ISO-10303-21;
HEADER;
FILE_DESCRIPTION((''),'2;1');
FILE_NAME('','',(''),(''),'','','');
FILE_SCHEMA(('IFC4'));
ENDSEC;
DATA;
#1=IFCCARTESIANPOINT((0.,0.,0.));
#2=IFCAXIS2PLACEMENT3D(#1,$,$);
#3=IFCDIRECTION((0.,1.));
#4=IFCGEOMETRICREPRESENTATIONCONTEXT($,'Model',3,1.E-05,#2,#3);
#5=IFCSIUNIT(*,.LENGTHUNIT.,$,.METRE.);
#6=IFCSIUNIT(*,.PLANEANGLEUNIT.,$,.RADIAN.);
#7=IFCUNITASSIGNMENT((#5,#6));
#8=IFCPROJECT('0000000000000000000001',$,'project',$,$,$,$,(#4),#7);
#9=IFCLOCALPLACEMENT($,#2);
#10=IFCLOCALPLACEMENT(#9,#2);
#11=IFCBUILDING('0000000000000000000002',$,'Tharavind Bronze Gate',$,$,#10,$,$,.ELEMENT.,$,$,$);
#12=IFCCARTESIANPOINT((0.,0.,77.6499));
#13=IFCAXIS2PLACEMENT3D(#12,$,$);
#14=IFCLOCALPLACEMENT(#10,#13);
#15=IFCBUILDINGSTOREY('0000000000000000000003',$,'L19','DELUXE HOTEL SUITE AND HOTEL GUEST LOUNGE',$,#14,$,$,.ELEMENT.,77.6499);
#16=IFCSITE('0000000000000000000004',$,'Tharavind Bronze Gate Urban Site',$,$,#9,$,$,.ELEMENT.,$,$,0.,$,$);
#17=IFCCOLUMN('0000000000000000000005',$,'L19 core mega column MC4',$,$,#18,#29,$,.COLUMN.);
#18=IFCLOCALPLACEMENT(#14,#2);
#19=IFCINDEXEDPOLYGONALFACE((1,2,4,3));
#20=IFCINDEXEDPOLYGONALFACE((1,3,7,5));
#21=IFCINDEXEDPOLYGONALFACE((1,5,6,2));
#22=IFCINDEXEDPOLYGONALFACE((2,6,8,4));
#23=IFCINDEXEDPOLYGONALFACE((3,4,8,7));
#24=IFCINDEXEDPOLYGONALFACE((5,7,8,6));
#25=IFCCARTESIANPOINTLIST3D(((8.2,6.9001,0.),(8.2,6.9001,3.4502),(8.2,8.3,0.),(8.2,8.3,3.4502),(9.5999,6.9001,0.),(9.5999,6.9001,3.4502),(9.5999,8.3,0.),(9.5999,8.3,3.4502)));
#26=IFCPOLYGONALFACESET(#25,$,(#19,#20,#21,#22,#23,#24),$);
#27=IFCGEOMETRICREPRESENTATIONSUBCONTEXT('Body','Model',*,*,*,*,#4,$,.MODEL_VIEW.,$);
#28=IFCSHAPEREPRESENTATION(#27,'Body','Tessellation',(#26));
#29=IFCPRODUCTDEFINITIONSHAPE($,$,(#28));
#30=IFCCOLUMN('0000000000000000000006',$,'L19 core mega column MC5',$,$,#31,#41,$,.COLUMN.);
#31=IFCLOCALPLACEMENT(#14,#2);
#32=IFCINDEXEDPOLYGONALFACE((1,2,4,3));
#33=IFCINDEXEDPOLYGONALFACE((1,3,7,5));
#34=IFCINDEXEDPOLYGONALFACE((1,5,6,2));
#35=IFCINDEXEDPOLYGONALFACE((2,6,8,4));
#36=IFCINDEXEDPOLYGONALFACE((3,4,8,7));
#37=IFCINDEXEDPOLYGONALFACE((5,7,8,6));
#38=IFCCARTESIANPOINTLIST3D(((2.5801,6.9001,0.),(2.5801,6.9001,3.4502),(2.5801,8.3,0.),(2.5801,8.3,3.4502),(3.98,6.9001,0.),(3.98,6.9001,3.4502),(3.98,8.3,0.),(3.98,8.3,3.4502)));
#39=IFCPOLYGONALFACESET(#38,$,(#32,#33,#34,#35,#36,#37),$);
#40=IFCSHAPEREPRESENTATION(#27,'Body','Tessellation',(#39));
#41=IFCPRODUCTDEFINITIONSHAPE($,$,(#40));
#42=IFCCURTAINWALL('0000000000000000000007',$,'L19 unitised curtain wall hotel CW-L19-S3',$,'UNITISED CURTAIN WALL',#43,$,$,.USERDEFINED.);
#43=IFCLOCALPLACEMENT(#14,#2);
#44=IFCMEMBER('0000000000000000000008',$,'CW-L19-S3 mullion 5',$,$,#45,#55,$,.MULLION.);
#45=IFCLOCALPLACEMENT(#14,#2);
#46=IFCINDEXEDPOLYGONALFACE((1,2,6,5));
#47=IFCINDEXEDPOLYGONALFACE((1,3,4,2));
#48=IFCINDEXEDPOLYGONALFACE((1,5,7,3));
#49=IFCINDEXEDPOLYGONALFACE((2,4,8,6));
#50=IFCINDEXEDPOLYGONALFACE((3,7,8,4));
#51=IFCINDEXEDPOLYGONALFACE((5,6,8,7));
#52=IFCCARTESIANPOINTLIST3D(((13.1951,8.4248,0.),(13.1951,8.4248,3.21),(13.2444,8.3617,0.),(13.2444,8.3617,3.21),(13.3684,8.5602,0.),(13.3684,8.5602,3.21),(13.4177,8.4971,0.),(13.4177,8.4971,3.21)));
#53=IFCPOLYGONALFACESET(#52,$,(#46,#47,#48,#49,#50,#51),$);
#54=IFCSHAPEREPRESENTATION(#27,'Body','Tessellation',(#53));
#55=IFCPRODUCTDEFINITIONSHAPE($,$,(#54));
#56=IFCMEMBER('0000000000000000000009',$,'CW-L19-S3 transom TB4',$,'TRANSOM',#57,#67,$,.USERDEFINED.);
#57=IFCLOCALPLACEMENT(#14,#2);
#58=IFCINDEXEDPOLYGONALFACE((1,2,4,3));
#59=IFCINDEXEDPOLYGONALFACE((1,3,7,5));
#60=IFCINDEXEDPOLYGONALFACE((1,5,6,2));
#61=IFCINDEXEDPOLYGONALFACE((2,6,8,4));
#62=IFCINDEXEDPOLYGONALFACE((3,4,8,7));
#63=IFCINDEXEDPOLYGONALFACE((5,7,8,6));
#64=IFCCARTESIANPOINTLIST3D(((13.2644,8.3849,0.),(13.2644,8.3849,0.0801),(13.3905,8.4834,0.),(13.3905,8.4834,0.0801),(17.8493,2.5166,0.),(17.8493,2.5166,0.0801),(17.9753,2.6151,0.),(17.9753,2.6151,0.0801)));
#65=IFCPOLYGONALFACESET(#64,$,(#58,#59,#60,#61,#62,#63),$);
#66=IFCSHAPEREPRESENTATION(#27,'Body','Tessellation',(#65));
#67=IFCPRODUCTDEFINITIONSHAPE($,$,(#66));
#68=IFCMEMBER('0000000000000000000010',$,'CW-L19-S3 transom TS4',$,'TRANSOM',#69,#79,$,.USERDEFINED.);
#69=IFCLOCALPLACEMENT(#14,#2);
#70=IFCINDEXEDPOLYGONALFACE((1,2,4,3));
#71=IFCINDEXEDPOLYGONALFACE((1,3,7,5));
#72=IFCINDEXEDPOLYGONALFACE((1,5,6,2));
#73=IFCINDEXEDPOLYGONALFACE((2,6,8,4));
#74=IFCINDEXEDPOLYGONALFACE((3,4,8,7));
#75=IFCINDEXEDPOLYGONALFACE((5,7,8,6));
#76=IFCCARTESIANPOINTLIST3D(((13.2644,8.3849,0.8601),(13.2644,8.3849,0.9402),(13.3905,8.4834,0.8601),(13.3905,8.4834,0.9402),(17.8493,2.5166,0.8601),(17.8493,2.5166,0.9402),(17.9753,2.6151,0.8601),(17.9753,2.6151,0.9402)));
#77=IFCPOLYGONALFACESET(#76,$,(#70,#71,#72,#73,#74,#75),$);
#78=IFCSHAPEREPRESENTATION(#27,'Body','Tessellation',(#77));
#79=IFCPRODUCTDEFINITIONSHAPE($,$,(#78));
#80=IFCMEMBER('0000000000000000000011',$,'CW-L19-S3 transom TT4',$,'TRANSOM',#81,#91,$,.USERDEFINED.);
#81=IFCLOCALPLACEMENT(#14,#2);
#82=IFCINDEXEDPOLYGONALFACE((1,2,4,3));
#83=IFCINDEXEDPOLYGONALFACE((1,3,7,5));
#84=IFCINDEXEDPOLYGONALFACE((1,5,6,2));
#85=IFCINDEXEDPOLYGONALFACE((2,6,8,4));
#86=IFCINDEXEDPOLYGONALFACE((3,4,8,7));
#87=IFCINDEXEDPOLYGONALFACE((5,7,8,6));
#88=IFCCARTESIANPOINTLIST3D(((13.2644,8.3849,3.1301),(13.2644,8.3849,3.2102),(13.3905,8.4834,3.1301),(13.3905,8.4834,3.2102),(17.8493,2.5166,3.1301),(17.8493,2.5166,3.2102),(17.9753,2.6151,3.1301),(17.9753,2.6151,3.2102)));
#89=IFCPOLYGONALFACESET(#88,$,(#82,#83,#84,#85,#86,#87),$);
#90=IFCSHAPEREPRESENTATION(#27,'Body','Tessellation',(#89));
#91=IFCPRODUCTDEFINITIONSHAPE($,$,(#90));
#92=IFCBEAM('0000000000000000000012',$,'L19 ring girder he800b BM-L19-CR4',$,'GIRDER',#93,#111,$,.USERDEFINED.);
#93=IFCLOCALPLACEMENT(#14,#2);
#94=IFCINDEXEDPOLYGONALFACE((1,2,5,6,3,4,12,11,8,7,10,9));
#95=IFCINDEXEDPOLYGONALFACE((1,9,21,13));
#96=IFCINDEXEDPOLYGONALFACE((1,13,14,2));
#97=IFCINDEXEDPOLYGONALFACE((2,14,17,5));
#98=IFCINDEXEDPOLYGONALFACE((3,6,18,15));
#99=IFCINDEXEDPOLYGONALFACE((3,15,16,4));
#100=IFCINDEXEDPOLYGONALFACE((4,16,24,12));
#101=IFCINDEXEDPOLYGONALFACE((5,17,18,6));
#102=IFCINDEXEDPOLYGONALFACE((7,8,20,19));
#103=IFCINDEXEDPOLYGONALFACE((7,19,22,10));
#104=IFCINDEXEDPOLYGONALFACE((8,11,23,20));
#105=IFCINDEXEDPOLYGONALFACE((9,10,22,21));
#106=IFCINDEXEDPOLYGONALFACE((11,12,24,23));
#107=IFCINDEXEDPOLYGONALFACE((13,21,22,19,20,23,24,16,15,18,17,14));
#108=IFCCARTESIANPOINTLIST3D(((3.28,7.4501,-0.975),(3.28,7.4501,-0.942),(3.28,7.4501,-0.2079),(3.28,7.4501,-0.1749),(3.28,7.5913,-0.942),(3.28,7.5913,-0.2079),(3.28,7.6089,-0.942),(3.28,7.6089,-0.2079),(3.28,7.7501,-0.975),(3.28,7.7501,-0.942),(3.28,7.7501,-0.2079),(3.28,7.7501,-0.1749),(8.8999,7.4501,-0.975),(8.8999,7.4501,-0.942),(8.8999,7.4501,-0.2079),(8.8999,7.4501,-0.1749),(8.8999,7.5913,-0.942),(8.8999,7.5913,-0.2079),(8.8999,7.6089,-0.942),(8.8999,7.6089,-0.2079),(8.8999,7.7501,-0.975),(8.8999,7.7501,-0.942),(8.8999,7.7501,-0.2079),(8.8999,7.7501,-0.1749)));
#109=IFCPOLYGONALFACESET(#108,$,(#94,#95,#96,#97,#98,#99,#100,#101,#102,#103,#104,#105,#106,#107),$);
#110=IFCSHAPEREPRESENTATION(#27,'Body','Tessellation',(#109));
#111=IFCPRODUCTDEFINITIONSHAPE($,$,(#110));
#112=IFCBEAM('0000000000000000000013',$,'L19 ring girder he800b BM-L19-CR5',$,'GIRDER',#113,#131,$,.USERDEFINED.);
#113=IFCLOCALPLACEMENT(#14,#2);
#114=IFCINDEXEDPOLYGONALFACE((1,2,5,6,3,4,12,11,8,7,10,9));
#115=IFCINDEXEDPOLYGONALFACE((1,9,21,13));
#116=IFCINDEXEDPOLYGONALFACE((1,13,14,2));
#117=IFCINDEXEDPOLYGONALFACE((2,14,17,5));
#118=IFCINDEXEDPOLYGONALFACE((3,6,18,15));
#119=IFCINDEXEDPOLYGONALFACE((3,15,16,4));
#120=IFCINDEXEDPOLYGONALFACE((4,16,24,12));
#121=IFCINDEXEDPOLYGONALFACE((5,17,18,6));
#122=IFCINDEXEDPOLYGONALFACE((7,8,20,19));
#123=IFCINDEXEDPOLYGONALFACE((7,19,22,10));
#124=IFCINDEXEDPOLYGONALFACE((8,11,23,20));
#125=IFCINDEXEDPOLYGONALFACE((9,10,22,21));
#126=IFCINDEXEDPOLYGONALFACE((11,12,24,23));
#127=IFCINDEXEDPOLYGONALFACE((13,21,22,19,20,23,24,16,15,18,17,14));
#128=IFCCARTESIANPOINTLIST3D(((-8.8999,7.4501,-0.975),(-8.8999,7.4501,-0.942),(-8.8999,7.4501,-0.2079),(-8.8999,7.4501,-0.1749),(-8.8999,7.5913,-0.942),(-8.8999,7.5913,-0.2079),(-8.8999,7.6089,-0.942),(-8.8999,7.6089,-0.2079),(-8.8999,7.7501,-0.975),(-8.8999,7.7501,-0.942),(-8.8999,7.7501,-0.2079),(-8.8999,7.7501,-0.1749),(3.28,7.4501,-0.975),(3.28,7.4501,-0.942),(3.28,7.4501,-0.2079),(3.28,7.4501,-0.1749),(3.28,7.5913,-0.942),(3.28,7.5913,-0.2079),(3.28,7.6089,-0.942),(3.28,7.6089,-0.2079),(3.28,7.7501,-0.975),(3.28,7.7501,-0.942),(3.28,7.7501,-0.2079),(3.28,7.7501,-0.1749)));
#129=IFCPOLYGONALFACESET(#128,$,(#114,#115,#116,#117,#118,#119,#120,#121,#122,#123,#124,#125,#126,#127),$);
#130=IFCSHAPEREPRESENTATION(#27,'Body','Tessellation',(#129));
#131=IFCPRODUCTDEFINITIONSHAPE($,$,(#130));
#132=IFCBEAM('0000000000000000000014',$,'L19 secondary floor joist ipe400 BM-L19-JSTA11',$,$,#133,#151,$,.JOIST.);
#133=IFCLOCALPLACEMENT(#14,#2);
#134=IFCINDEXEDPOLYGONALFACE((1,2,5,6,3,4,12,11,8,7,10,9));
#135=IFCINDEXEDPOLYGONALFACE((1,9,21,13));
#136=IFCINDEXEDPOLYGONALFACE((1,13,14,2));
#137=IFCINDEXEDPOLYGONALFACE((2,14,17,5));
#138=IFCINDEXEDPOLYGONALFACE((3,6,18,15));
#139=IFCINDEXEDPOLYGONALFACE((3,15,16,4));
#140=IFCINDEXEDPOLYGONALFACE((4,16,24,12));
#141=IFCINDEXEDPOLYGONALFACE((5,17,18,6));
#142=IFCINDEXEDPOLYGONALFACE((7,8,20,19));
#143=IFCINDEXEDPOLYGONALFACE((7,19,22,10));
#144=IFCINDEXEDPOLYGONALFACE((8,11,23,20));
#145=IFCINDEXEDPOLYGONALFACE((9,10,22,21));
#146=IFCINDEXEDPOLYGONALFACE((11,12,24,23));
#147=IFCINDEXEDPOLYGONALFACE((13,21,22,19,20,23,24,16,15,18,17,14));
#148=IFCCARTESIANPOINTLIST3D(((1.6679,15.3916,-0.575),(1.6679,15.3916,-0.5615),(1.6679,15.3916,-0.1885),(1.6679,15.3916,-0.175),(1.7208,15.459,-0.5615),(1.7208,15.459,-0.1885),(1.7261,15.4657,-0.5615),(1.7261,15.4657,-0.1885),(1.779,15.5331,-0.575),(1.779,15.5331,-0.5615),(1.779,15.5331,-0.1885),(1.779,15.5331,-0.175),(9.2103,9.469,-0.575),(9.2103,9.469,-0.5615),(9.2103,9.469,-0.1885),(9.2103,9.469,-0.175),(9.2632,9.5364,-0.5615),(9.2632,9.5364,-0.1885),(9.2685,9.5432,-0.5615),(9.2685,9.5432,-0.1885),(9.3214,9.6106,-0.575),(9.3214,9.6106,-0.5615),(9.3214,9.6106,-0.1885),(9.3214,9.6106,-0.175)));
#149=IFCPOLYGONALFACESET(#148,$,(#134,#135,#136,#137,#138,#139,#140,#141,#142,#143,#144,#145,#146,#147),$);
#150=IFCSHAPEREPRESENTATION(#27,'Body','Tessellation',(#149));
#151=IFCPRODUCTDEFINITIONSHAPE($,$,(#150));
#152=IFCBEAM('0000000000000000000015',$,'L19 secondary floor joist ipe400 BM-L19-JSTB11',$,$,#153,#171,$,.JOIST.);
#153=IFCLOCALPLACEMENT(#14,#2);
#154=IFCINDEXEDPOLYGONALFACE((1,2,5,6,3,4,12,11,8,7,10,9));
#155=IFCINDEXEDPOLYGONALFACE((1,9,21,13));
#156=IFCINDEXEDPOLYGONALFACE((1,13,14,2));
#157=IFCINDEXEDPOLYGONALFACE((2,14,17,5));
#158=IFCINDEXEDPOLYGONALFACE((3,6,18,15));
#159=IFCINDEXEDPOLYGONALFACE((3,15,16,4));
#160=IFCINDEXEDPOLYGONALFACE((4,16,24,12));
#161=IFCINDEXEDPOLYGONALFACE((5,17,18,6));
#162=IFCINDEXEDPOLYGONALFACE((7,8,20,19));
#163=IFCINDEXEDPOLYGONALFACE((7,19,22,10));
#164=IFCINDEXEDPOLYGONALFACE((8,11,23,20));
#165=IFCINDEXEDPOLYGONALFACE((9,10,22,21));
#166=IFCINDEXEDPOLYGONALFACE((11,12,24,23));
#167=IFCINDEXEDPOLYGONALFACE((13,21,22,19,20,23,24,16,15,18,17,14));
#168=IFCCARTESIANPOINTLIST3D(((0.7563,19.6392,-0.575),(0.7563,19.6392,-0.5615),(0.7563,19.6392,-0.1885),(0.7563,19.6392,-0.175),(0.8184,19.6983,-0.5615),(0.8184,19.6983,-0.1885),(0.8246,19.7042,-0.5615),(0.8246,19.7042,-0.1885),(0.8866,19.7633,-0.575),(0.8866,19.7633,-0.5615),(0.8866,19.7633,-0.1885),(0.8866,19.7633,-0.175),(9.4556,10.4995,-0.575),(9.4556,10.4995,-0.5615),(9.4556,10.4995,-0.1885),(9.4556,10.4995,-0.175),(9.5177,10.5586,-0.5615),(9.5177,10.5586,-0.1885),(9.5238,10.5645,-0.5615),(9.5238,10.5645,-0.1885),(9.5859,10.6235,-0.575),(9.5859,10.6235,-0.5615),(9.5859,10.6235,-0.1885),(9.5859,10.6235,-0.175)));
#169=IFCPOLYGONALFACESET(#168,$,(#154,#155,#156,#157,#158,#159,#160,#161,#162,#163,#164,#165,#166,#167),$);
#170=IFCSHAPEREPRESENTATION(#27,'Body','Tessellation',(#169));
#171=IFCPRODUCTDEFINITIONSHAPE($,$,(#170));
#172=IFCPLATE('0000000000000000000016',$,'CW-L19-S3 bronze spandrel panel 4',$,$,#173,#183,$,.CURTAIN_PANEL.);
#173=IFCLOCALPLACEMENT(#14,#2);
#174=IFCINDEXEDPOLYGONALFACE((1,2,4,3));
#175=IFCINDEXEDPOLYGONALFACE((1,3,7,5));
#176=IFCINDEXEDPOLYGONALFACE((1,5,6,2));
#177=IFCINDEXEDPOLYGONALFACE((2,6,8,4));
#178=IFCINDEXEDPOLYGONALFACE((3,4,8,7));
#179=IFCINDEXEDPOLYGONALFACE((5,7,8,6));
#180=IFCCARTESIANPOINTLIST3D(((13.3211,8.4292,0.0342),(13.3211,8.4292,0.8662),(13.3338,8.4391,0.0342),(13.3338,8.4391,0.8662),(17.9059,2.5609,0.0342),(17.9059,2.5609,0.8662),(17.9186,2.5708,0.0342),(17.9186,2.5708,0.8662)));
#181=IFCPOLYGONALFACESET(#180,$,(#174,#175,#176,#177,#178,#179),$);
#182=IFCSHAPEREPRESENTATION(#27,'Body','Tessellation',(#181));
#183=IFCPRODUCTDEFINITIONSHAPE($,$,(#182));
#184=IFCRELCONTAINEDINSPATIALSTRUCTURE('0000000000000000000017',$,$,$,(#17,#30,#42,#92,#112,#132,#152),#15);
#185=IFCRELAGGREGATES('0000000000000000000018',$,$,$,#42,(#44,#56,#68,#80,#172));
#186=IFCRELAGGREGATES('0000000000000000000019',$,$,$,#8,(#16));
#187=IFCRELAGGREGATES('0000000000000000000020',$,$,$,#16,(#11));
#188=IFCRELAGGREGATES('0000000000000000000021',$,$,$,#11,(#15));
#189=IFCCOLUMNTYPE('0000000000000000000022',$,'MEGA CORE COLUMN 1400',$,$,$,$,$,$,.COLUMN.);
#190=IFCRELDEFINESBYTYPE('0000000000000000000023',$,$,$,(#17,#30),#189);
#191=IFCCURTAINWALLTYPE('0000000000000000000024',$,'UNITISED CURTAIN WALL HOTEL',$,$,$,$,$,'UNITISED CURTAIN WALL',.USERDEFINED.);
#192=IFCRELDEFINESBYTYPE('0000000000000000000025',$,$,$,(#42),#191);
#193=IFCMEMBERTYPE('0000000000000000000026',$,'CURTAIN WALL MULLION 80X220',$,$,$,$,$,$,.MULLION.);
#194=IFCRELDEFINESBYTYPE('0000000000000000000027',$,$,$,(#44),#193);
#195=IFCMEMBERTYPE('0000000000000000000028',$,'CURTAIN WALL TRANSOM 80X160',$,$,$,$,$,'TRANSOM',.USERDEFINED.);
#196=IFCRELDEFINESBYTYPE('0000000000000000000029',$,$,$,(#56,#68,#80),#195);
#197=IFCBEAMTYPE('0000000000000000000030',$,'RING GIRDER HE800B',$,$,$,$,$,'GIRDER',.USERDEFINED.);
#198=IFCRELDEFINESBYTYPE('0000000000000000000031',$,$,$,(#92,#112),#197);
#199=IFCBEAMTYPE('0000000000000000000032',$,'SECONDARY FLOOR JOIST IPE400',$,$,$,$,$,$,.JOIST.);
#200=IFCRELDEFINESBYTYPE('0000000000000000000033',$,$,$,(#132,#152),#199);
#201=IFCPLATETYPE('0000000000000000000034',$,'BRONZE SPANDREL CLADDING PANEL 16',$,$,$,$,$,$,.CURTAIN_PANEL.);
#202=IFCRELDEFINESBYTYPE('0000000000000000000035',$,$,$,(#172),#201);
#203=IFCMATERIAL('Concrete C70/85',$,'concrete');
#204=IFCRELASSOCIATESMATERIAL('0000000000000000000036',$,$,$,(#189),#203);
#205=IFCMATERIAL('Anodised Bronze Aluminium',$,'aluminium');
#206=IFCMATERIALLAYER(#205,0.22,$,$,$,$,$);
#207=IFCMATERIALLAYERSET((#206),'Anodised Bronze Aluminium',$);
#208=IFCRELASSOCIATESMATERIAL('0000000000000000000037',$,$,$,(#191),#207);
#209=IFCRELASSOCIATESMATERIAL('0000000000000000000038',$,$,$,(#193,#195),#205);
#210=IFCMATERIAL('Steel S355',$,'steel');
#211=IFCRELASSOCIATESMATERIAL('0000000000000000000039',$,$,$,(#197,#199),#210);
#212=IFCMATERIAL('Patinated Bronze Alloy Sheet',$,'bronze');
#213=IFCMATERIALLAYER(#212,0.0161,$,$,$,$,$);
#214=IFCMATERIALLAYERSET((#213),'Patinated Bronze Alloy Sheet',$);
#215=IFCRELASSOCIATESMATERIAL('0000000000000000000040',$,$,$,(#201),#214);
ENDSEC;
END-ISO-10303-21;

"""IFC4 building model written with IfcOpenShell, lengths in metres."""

from ifc_helpers import new_model, si_unit, direction, frame, origin, origin_2d, place, context, subcontext, project, spatial, rectangle, i_section, extrude, material, layer, layer_set, material_profile, profile_set, type_object, element, aggregate, save


model = new_model("IFC4")

# Units and contexts
model_context = context("Model", 3, precision=1e-05, world=origin(), true_north=direction((0.0, 1.0)))
body_context = subcontext(model_context, "Body", "Model", "MODEL_VIEW")
ifc_project = project(units=[si_unit("LENGTHUNIT", "METRE"), si_unit("PLANEANGLEUNIT", "RADIAN")], contexts=[model_context])

# Site, building, storey
site_placement = place(None, origin())
site = spatial("IfcSite", under=ifc_project, at=site_placement, Name="Tharavind Bronze Gate Urban Site", CompositionType="ELEMENT", RefElevation=0.0)
building_placement = place(site_placement, origin())
building = spatial("IfcBuilding", under=site, at=building_placement, Name="Tharavind Bronze Gate", CompositionType="ELEMENT")
storey_placement = place(building_placement, frame((0.0, 0.0, 77.6499)))
storey = spatial("IfcBuildingStorey", under=building, at=storey_placement, Name="L19", Description="DELUXE HOTEL SUITE AND HOTEL GUEST LOUNGE", CompositionType="ELEMENT", Elevation=77.6499)

# Columns
ifc_material_1 = material(Name="Concrete C70/85", Category="concrete")
ifc_material_profile_1 = material_profile(ifc_material_1, rectangle(XDim=1.3999, YDim=1.3999, at=origin_2d()), Name="RCCOL1400")
ifc_profile_set_1 = profile_set([ifc_material_profile_1], Name="Concrete C70/85")
column_type = type_object("IfcColumnType", Name="MEGA CORE COLUMN 1400", PredefinedType="COLUMN", material=ifc_profile_set_1)
for number, where, z_axis, x_axis, name in (
    (1, (8.8999, 7.6001, 0.0), (0.0, 0.0, 1.0), (1.0, 0.0, 0.0), "L19 core mega column MC4"),
    (2, (3.28, 7.6001, 0.0), (0.0, 0.0, 1.0), (1.0, 0.0, 0.0), "L19 core mega column MC5"),
):
    element("IfcColumn", number, at=place(storey_placement, frame(where, z_axis=z_axis, x_axis=x_axis)), inside=storey, type_object=column_type, Name=name, PredefinedType="COLUMN", context=body_context, shape_type="SweptSolid", body=[
        extrude(rectangle(XDim=1.3999, YDim=1.3999, at=origin_2d()), origin(), (0.0, 0.0, 1.0), 3.4502),
    ])

# Curtain wall, members
ifc_material_2 = material(Name="Anodised Bronze Aluminium", Category="aluminium")
ifc_layer_1 = layer(ifc_material_2, 0.22)
ifc_layer_set_1 = layer_set([ifc_layer_1], Name="Anodised Bronze Aluminium")
curtain_wall_type = type_object("IfcCurtainWallType", Name="UNITISED CURTAIN WALL HOTEL", ElementType="UNITISED CURTAIN WALL", PredefinedType="USERDEFINED", material=ifc_layer_set_1)
curtain_wall_placement = place(storey_placement, origin())
curtain_wall = element("IfcCurtainWall", 3, at=curtain_wall_placement, inside=storey, type_object=curtain_wall_type, Name="L19 unitised curtain wall hotel CW-L19-S3", ObjectType="UNITISED CURTAIN WALL", PredefinedType="USERDEFINED")
member_type_1 = type_object("IfcMemberType", Name="CURTAIN WALL MULLION 80X220", PredefinedType="MULLION", material=ifc_material_2)
member_1_placement = place(storey_placement, frame((13.3064, 8.4609, 0.0), z_axis=(0.0, 0.0, 1.0), x_axis=(-0.615661, 0.788011, 0.0)))
member_1 = element("IfcMember", 4, at=member_1_placement, type_object=member_type_1, Name="CW-L19-S3 mullion 5", PredefinedType="MULLION", context=body_context, shape_type="SweptSolid", body=[
    extrude(rectangle(XDim=0.0801, YDim=0.22, at=origin_2d()), origin(), (0.0, 0.0, 1.0), 3.21),
])
member_type_2 = type_object("IfcMemberType", Name="CURTAIN WALL TRANSOM 80X160", ElementType="TRANSOM", PredefinedType="USERDEFINED", material=ifc_material_2)
member_2_placement = place(storey_placement, frame((15.6199, 5.5, 0.0), z_axis=(0.0, 0.0, 1.0), x_axis=(-0.615661, 0.788011, 0.0)))
member_2 = element("IfcMember", 5, at=member_2_placement, type_object=member_type_2, Name="CW-L19-S3 transom TB4", ObjectType="TRANSOM", PredefinedType="USERDEFINED", context=body_context, shape_type="SweptSolid", body=[
    extrude(rectangle(XDim=7.447, YDim=0.1599, at=origin_2d()), origin(), (0.0, 0.0, 1.0), 0.0801),
])
member_3_placement = place(storey_placement, frame((15.6199, 5.5, 0.8601), z_axis=(0.0, 0.0, 1.0), x_axis=(-0.615661, 0.788011, 0.0)))
member_3 = element("IfcMember", 6, at=member_3_placement, type_object=member_type_2, Name="CW-L19-S3 transom TS4", ObjectType="TRANSOM", PredefinedType="USERDEFINED", context=body_context, shape_type="SweptSolid", body=[
    extrude(rectangle(XDim=7.447, YDim=0.1599, at=origin_2d()), origin(), (0.0, 0.0, 1.0), 0.0801),
])
member_4_placement = place(storey_placement, frame((15.6199, 5.5, 3.1301), z_axis=(0.0, 0.0, 1.0), x_axis=(-0.615661, 0.788011, 0.0)))
member_4 = element("IfcMember", 7, at=member_4_placement, type_object=member_type_2, Name="CW-L19-S3 transom TT4", ObjectType="TRANSOM", PredefinedType="USERDEFINED", context=body_context, shape_type="SweptSolid", body=[
    extrude(rectangle(XDim=7.447, YDim=0.1599, at=origin_2d()), origin(), (0.0, 0.0, 1.0), 0.0801),
])

# Beams
ifc_material_3 = material(Name="Steel S355", Category="steel")
ifc_material_profile_2 = material_profile(ifc_material_3, i_section(OverallWidth=0.3, OverallDepth=0.8, WebThickness=0.0176, FlangeThickness=0.033, at=origin_2d()), Name="HE800B")
ifc_profile_set_2 = profile_set([ifc_material_profile_2], Name="Steel S355")
beam_type_1 = type_object("IfcBeamType", Name="RING GIRDER HE800B", ElementType="GIRDER", PredefinedType="USERDEFINED", material=ifc_profile_set_2)
beam_1_placement = place(storey_placement, frame((8.8999, 7.6001, -0.575), z_axis=(-1.0, 0.0, 0.0), x_axis=(0.0, -1.0, 0.0)))
element("IfcBeam", 8, at=beam_1_placement, inside=storey, type_object=beam_type_1, Name="L19 ring girder he800b BM-L19-CR4", ObjectType="GIRDER", PredefinedType="USERDEFINED", context=body_context, shape_type="SweptSolid", body=[
    extrude(i_section(OverallWidth=0.3, OverallDepth=0.8, WebThickness=0.0176, FlangeThickness=0.033, at=origin_2d()), origin(), (0.0, 0.0, 1.0), 5.6199),
])
beam_2_placement = place(storey_placement, frame((3.28, 7.6001, -0.575), z_axis=(-1.0, 0.0, 0.0), x_axis=(0.0, -1.0, 0.0)))
element("IfcBeam", 9, at=beam_2_placement, inside=storey, type_object=beam_type_1, Name="L19 ring girder he800b BM-L19-CR5", ObjectType="GIRDER", PredefinedType="USERDEFINED", context=body_context, shape_type="SweptSolid", body=[
    extrude(i_section(OverallWidth=0.3, OverallDepth=0.8, WebThickness=0.0176, FlangeThickness=0.033, at=origin_2d()), origin(), (0.0, 0.0, 1.0), 12.1799),
])
ifc_material_profile_3 = material_profile(ifc_material_3, i_section(OverallWidth=0.1799, OverallDepth=0.3999, WebThickness=0.0085, FlangeThickness=0.0134, at=origin_2d()), Name="IPE400")
ifc_profile_set_3 = profile_set([ifc_material_profile_3], Name="Steel S355")
beam_type_2 = type_object("IfcBeamType", Name="SECONDARY FLOOR JOIST IPE400", PredefinedType="JOIST", material=ifc_profile_set_3)
beam_3_placement = place(storey_placement, frame((9.2659, 9.5398, -0.375), z_axis=(-0.786502, 0.617588, 0.0), x_axis=(-0.617588, -0.786502, 0.0)))
element("IfcBeam", 10, at=beam_3_placement, inside=storey, type_object=beam_type_2, Name="L19 secondary floor joist ipe400 BM-L19-JSTA11", PredefinedType="JOIST", context=body_context, shape_type="SweptSolid", body=[
    extrude(i_section(OverallWidth=0.1799, OverallDepth=0.3999, WebThickness=0.0085, FlangeThickness=0.0134, at=origin_2d()), origin(), (0.0, 0.0, 1.0), 9.5898),
])
beam_4_placement = place(storey_placement, frame((9.5208, 10.5615, -0.375), z_axis=(-0.689439, 0.724344, 0.0), x_axis=(-0.724344, -0.689439, 0.0)))
element("IfcBeam", 11, at=beam_4_placement, inside=storey, type_object=beam_type_2, Name="L19 secondary floor joist ipe400 BM-L19-JSTB11", PredefinedType="JOIST", context=body_context, shape_type="SweptSolid", body=[
    extrude(i_section(OverallWidth=0.1799, OverallDepth=0.3999, WebThickness=0.0085, FlangeThickness=0.0134, at=origin_2d()), origin(), (0.0, 0.0, 1.0), 12.6179),
])

# Plate
ifc_material_4 = material(Name="Patinated Bronze Alloy Sheet", Category="bronze")
ifc_layer_2 = layer(ifc_material_4, 0.0161)
ifc_layer_set_2 = layer_set([ifc_layer_2], Name="Patinated Bronze Alloy Sheet")
plate_type_1 = type_object("IfcPlateType", Name="BRONZE SPANDREL CLADDING PANEL 16", PredefinedType="CURTAIN_PANEL", material=ifc_layer_set_2)
plate_1_placement = place(storey_placement, frame((15.6199, 5.5, 0.0342), z_axis=(0.0, 0.0, 1.0), x_axis=(-0.615661, 0.788011, 0.0)))
plate_1 = element("IfcPlate", 12, at=plate_1_placement, type_object=plate_type_1, Name="CW-L19-S3 bronze spandrel panel 4", PredefinedType="CURTAIN_PANEL", context=body_context, shape_type="SweptSolid", body=[
    extrude(rectangle(XDim=7.447, YDim=0.0161, at=origin_2d()), origin(), (0.0, 0.0, 1.0), 0.832),
])
aggregate(curtain_wall, [member_1, member_2, member_3, member_4, plate_1])

save(model, "model.ifc")
